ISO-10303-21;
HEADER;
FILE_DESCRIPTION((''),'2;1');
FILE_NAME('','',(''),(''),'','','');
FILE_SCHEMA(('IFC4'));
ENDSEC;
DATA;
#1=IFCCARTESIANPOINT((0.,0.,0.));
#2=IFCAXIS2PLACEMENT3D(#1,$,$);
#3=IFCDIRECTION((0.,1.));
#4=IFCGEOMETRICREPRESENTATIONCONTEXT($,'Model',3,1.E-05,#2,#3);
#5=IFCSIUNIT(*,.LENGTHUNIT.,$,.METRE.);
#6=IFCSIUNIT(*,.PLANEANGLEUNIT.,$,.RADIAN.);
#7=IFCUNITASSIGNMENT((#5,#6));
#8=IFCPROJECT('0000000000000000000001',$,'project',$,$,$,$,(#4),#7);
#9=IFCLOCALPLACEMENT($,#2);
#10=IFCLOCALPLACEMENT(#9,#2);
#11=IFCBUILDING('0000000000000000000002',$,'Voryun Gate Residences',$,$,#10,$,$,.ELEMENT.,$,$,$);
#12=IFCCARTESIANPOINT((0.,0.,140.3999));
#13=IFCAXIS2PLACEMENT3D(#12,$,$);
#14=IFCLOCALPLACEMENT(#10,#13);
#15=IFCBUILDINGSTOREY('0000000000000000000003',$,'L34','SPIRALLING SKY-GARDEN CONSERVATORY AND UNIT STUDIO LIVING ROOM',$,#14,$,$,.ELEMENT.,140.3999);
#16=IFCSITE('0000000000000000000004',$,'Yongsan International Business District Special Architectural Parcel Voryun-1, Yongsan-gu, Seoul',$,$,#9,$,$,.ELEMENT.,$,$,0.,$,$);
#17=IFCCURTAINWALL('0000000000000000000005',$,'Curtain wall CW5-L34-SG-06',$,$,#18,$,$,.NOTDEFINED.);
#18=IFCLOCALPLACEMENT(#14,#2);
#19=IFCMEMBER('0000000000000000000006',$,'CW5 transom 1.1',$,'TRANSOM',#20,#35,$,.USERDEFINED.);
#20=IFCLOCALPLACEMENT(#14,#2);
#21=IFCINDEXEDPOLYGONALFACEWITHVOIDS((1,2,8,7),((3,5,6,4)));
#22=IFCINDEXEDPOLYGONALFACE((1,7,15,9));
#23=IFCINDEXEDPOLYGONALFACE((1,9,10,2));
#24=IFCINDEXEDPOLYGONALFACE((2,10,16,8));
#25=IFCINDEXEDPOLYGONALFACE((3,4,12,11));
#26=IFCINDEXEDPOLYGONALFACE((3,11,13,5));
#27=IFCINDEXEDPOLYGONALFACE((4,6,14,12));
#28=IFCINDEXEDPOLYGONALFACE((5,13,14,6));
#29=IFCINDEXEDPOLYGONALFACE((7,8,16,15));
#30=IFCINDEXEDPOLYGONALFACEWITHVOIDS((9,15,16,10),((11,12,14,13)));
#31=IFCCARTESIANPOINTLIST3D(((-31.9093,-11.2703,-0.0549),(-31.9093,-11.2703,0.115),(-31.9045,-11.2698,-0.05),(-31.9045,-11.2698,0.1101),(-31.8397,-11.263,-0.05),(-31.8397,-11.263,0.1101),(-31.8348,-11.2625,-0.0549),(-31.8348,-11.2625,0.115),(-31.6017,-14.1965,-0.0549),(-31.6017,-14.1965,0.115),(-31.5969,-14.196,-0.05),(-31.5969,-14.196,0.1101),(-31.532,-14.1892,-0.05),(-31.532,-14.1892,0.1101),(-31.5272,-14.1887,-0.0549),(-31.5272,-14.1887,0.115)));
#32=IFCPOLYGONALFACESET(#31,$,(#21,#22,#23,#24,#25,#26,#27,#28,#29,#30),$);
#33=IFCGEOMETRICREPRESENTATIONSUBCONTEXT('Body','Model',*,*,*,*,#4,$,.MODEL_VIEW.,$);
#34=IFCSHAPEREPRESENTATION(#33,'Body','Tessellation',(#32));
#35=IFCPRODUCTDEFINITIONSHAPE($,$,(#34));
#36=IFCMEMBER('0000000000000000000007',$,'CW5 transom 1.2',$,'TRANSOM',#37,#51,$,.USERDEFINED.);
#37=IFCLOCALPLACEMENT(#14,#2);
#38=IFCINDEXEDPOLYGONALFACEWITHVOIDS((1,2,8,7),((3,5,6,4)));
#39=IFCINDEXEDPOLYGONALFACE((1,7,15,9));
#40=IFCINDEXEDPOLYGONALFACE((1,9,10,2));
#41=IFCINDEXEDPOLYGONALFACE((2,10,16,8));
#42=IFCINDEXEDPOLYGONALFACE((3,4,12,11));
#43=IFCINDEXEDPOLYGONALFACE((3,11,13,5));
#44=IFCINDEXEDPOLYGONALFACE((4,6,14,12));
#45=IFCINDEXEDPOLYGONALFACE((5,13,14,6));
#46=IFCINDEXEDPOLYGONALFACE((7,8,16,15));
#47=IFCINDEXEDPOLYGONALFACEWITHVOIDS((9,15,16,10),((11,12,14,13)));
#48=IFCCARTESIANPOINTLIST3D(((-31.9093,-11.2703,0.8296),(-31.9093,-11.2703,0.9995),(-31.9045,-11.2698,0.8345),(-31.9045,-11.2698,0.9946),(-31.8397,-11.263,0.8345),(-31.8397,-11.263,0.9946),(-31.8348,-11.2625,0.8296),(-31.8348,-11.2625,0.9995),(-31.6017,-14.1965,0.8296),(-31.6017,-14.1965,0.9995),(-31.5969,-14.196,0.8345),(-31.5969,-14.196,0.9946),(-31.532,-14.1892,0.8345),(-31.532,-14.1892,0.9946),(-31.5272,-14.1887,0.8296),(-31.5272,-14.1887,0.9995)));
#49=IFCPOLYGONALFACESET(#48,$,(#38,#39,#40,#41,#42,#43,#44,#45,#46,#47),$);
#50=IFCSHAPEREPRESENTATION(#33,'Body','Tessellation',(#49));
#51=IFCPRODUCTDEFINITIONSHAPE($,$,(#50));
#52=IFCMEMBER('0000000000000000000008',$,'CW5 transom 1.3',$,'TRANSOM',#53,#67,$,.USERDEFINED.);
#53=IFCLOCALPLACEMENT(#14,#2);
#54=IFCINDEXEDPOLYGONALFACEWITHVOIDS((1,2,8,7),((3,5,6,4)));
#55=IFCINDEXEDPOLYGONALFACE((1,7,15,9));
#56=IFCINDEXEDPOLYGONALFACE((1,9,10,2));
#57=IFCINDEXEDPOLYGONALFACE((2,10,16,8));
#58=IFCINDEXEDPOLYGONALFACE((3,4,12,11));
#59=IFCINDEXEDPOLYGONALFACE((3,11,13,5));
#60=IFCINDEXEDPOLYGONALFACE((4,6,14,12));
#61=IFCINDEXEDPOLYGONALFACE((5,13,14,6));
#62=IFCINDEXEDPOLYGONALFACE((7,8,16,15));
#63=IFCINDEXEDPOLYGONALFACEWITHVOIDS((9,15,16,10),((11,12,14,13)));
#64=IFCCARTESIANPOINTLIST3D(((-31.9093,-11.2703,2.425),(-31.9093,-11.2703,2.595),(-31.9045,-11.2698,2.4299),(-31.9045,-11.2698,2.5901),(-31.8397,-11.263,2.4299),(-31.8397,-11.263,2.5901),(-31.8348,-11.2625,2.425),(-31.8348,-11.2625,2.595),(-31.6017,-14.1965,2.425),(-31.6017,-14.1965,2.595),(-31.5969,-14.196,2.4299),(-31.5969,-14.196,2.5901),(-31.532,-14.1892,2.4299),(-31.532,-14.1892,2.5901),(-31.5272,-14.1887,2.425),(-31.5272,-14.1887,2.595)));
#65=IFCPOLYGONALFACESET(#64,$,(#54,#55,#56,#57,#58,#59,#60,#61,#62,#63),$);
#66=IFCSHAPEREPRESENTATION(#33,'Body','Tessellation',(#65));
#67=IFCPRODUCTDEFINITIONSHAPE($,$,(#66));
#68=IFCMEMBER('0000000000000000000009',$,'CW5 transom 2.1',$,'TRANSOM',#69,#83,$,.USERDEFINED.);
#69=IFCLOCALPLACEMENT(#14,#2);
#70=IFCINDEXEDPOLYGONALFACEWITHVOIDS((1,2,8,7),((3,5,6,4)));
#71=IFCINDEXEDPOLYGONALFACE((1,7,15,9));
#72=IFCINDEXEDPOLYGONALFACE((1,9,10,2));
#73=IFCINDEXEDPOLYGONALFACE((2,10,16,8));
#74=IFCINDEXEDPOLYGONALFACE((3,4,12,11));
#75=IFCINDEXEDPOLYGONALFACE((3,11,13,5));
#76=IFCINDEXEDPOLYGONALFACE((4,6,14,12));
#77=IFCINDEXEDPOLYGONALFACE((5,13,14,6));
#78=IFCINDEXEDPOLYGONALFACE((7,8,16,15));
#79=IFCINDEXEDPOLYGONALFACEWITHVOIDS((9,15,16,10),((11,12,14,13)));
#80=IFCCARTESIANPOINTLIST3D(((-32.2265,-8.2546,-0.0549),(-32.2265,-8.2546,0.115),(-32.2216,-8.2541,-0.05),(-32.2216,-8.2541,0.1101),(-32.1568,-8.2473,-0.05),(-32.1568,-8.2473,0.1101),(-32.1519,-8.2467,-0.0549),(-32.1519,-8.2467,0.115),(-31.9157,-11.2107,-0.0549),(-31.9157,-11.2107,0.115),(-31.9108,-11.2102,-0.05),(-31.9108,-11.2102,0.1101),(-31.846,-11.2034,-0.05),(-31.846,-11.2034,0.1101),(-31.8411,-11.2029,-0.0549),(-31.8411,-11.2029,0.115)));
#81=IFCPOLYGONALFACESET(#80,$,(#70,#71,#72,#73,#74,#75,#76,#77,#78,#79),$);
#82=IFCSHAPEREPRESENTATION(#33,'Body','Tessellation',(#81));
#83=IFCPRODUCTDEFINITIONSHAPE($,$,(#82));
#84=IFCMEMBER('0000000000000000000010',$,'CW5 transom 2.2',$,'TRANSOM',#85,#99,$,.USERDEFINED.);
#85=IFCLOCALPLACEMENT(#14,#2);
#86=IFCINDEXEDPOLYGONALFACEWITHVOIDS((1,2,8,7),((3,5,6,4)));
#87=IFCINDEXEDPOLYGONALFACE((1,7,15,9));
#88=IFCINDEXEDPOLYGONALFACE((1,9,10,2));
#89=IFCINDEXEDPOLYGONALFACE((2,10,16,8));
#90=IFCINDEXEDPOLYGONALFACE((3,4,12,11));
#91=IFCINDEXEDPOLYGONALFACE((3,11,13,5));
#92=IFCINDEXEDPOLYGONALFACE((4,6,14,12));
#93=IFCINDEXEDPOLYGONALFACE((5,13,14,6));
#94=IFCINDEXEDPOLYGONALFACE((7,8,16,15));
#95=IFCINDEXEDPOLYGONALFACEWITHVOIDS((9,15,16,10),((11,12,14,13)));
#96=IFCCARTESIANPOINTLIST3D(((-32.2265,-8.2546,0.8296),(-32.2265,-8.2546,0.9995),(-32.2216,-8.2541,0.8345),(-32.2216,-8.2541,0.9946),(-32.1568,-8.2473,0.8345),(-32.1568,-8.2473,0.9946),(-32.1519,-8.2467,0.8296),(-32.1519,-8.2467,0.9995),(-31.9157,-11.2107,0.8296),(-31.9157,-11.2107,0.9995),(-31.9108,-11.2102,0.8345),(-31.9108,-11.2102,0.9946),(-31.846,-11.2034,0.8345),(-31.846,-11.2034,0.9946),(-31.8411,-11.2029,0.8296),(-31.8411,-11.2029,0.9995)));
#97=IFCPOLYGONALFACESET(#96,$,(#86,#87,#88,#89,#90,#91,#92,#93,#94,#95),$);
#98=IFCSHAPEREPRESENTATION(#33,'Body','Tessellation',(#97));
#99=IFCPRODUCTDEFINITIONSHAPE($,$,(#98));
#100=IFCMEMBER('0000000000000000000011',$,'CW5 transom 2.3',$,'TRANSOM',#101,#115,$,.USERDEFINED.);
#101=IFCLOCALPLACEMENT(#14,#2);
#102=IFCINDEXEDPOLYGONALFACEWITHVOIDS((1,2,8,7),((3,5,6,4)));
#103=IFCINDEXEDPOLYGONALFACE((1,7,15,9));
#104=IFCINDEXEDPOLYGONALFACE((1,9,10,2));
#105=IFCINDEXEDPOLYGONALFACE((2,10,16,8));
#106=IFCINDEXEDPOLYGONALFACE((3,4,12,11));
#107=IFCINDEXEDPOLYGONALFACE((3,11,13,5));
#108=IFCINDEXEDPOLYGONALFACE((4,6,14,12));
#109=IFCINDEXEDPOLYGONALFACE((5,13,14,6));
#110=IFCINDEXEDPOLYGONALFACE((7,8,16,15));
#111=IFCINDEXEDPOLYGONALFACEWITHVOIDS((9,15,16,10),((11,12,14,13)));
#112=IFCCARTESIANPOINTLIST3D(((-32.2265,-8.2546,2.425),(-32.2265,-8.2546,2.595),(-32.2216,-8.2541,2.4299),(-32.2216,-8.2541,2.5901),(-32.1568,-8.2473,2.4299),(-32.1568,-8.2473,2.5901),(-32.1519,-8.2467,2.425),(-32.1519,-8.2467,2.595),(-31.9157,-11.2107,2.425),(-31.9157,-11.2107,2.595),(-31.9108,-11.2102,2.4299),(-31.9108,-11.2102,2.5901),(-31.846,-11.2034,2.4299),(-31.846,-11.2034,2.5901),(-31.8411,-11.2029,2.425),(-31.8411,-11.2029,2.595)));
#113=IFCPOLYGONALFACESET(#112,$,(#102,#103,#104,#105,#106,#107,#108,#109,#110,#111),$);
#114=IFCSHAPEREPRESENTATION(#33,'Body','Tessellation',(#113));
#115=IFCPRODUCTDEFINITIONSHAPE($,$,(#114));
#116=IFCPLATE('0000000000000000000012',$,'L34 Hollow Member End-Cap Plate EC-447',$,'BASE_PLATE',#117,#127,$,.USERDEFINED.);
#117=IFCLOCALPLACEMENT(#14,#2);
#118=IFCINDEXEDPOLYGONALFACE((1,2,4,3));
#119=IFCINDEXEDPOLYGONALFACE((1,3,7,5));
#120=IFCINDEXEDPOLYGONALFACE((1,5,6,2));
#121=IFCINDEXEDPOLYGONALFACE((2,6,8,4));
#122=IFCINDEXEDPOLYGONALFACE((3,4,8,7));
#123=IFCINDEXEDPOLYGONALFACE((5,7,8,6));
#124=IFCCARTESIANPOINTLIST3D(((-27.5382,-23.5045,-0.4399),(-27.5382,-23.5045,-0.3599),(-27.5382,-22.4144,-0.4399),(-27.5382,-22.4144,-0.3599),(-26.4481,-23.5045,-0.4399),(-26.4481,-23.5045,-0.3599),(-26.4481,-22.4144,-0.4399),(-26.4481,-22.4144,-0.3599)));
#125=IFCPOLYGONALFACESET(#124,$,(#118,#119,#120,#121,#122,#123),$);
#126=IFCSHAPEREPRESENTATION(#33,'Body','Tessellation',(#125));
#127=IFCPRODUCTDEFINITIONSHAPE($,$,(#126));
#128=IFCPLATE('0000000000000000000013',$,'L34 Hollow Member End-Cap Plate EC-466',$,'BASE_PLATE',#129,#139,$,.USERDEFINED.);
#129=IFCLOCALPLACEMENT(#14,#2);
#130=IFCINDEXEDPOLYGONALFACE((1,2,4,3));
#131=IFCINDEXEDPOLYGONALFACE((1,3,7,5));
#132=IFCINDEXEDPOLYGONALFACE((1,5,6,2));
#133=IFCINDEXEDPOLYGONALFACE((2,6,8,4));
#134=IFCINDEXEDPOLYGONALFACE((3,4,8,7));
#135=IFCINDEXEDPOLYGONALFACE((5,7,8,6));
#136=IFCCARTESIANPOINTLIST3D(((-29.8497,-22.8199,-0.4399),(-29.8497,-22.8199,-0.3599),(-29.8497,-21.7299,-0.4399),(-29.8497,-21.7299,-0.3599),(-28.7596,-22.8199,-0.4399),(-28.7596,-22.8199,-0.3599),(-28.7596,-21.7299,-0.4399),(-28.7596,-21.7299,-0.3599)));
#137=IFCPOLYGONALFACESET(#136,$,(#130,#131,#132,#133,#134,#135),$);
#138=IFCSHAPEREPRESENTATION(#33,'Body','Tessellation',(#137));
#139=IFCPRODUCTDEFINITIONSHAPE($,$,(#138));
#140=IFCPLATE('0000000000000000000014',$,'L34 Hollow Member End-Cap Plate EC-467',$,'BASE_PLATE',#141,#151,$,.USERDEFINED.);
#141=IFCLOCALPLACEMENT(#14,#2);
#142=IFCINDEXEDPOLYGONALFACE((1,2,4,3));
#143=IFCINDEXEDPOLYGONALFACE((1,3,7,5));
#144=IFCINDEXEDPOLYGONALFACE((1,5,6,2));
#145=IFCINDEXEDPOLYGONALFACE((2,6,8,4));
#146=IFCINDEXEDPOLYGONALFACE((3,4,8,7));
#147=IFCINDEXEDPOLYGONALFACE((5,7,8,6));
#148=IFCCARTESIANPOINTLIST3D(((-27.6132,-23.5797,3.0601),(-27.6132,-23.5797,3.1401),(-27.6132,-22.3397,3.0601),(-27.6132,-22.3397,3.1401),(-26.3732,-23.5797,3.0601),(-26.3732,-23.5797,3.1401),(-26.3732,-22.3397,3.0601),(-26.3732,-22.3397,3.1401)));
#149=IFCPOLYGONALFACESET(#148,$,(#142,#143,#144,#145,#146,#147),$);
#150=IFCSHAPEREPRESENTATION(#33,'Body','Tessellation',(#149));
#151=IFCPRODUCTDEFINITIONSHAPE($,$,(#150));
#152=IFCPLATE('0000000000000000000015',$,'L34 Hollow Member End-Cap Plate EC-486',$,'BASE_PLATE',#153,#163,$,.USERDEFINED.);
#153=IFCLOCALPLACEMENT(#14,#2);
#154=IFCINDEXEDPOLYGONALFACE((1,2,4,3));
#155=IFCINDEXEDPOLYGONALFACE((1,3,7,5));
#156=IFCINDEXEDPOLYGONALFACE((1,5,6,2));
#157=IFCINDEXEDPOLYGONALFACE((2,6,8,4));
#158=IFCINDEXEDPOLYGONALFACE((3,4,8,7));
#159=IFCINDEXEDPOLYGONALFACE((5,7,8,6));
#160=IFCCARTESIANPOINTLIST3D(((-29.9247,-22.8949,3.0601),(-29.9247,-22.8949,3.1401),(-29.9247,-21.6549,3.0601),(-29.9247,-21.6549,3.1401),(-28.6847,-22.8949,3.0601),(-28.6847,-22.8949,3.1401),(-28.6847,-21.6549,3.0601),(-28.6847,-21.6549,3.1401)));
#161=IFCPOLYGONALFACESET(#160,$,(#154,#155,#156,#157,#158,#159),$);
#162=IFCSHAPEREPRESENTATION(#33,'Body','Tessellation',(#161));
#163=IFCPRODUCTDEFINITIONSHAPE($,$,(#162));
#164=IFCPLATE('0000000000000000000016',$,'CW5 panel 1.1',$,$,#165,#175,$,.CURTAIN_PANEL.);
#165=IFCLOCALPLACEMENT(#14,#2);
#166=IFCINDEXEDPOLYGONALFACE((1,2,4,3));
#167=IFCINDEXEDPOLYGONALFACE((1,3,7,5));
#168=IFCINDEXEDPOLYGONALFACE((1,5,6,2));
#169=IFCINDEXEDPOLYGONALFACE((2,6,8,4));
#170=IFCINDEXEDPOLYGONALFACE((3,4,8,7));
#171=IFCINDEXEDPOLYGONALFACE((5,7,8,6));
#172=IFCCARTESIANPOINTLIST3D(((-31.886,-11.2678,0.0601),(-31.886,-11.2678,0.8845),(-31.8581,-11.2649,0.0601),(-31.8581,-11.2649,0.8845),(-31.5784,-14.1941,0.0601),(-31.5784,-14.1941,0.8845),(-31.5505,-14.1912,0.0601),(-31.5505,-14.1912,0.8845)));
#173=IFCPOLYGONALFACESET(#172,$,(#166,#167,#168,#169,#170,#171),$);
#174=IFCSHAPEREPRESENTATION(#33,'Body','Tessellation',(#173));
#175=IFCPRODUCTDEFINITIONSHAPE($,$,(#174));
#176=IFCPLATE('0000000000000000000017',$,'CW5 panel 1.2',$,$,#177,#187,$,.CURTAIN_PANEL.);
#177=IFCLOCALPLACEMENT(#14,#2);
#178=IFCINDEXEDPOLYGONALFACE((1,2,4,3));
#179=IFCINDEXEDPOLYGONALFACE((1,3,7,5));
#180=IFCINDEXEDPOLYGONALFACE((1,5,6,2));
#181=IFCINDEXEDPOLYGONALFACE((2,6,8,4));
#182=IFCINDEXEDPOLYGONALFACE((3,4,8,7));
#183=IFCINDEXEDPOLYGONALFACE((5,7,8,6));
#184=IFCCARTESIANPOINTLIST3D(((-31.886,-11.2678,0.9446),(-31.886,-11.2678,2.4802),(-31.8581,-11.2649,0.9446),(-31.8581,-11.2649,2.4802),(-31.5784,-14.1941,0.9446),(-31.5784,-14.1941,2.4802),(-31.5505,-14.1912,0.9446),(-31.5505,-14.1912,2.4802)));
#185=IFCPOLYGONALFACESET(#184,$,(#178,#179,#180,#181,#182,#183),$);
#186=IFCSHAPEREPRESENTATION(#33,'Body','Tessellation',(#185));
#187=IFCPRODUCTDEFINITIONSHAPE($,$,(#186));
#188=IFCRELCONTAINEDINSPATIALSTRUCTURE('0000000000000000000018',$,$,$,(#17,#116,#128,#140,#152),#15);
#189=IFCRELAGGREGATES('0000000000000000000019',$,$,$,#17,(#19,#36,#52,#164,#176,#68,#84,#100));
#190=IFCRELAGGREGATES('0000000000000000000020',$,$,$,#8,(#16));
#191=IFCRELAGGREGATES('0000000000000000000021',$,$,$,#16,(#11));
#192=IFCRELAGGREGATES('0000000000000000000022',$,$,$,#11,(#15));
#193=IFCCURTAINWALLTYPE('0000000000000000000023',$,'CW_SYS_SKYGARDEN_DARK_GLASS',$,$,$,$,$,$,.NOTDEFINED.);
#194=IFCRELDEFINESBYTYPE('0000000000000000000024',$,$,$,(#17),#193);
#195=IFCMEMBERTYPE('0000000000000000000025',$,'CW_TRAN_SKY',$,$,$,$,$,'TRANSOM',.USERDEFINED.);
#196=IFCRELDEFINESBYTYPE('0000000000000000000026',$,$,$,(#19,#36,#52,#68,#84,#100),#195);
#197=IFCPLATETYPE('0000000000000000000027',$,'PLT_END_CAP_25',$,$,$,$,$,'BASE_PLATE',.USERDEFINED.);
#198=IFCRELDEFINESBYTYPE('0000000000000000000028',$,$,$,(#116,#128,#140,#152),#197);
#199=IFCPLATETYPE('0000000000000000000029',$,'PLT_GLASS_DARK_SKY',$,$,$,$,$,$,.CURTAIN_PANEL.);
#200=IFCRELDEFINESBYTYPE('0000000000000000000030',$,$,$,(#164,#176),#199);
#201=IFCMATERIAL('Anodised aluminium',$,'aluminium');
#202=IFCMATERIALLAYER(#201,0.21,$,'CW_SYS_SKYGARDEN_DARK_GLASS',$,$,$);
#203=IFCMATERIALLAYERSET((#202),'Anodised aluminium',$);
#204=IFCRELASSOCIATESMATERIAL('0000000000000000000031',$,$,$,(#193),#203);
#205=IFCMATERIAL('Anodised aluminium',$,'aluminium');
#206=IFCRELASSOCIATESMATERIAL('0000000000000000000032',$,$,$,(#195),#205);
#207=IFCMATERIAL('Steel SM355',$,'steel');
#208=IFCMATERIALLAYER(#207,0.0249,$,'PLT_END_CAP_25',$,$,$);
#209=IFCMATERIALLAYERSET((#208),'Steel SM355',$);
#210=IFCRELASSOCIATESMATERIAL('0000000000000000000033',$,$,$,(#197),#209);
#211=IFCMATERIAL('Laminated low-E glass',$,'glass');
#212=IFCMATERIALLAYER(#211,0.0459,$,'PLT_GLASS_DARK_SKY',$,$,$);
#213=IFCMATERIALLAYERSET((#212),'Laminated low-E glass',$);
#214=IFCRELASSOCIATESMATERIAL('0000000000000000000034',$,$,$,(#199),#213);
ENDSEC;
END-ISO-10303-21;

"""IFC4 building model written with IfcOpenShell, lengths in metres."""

from ifc_helpers import new_model, si_unit, direction, frame, origin, origin_2d, place, context, subcontext, project, spatial, rectangle, hollow_rectangle, extrude, material, layer, layer_set, material_profile, profile_set, type_object, element, aggregate, save


model = new_model("IFC4")

# Units and contexts
model_context = context("Model", 3, precision=1e-05, world=origin(), true_north=direction((0.0, 1.0)))
body_context = subcontext(model_context, "Body", "Model", "MODEL_VIEW")
ifc_project = project(units=[si_unit("LENGTHUNIT", "METRE"), si_unit("PLANEANGLEUNIT", "RADIAN")], contexts=[model_context])

# Site, building, storey
site_placement = place(None, origin())
site = spatial("IfcSite", under=ifc_project, at=site_placement, Name="Yongsan International Business District Special Architectural Parcel Voryun-1, Yongsan-gu, Seoul", CompositionType="ELEMENT", RefElevation=0.0)
building_placement = place(site_placement, origin())
building = spatial("IfcBuilding", under=site, at=building_placement, Name="Voryun Gate Residences", CompositionType="ELEMENT")
storey_placement = place(building_placement, frame((0.0, 0.0, 140.3999)))
storey = spatial("IfcBuildingStorey", under=building, at=storey_placement, Name="L34", Description="SPIRALLING SKY-GARDEN CONSERVATORY AND UNIT STUDIO LIVING ROOM", CompositionType="ELEMENT", Elevation=140.3999)

# Curtain wall, members
ifc_material_1 = material(Name="Anodised aluminium", Category="aluminium")
ifc_layer_1 = layer(ifc_material_1, 0.21, Name="CW_SYS_SKYGARDEN_DARK_GLASS")
ifc_layer_set_1 = layer_set([ifc_layer_1], Name="Anodised aluminium")
curtain_wall_type = type_object("IfcCurtainWallType", Name="CW_SYS_SKYGARDEN_DARK_GLASS", PredefinedType="NOTDEFINED", material=ifc_layer_set_1)
curtain_wall_placement = place(storey_placement, origin())
curtain_wall = element("IfcCurtainWall", 1, at=curtain_wall_placement, inside=storey, type_object=curtain_wall_type, Name="Curtain wall CW5-L34-SG-06", PredefinedType="NOTDEFINED")
ifc_material_2 = material(Name="Anodised aluminium", Category="aluminium")
ifc_material_profile_1 = material_profile(ifc_material_2, hollow_rectangle(XDim=0.075, YDim=0.1699, WallThickness=0.0049, at=origin_2d()), Name="ALU-TRAN-170x75x5")
ifc_profile_set_1 = profile_set([ifc_material_profile_1], Name="Anodised aluminium")
member_type_1 = type_object("IfcMemberType", Name="CW_TRAN_SKY", ElementType="TRANSOM", PredefinedType="USERDEFINED", material=ifc_profile_set_1)
member_1_placement = place(storey_placement, frame((-31.5645, -14.1926, 0.03), z_axis=(-0.104547, 0.99452, 0.0), x_axis=(-0.99452, -0.104547, 0.0)))
member_1 = element("IfcMember", 2, at=member_1_placement, type_object=member_type_1, Name="CW5 transom 1.1", ObjectType="TRANSOM", PredefinedType="USERDEFINED", context=body_context, shape_type="SweptSolid", body=[
    extrude(hollow_rectangle(XDim=0.075, YDim=0.1699, WallThickness=0.0049, at=origin_2d()), origin(), (0.0, 0.0, 1.0), 2.9424),
])
member_2_placement = place(storey_placement, frame((-31.5645, -14.1926, 0.9146), z_axis=(-0.104547, 0.99452, 0.0), x_axis=(-0.99452, -0.104547, 0.0)))
member_2 = element("IfcMember", 3, at=member_2_placement, type_object=member_type_1, Name="CW5 transom 1.2", ObjectType="TRANSOM", PredefinedType="USERDEFINED", context=body_context, shape_type="SweptSolid", body=[
    extrude(hollow_rectangle(XDim=0.075, YDim=0.1699, WallThickness=0.0049, at=origin_2d()), origin(), (0.0, 0.0, 1.0), 2.9424),
])
member_3_placement = place(storey_placement, frame((-31.5645, -14.1926, 2.51), z_axis=(-0.104547, 0.99452, 0.0), x_axis=(-0.99452, -0.104547, 0.0)))
member_3 = element("IfcMember", 4, at=member_3_placement, type_object=member_type_1, Name="CW5 transom 1.3", ObjectType="TRANSOM", PredefinedType="USERDEFINED", context=body_context, shape_type="SweptSolid", body=[
    extrude(hollow_rectangle(XDim=0.075, YDim=0.1699, WallThickness=0.0049, at=origin_2d()), origin(), (0.0, 0.0, 1.0), 2.9424),
])
member_4_placement = place(storey_placement, frame((-31.8784, -11.2068, 0.03), z_axis=(-0.104561, 0.994518, 0.0), x_axis=(-0.994518, -0.104561, 0.0)))
member_4 = element("IfcMember", 5, at=member_4_placement, type_object=member_type_1, Name="CW5 transom 2.1", ObjectType="TRANSOM", PredefinedType="USERDEFINED", context=body_context, shape_type="SweptSolid", body=[
    extrude(hollow_rectangle(XDim=0.075, YDim=0.1699, WallThickness=0.0049, at=origin_2d()), origin(), (0.0, 0.0, 1.0), 2.9724),
])
member_5_placement = place(storey_placement, frame((-31.8784, -11.2068, 0.9146), z_axis=(-0.104561, 0.994518, 0.0), x_axis=(-0.994518, -0.104561, 0.0)))
member_5 = element("IfcMember", 6, at=member_5_placement, type_object=member_type_1, Name="CW5 transom 2.2", ObjectType="TRANSOM", PredefinedType="USERDEFINED", context=body_context, shape_type="SweptSolid", body=[
    extrude(hollow_rectangle(XDim=0.075, YDim=0.1699, WallThickness=0.0049, at=origin_2d()), origin(), (0.0, 0.0, 1.0), 2.9724),
])
member_6_placement = place(storey_placement, frame((-31.8784, -11.2068, 2.51), z_axis=(-0.104561, 0.994518, 0.0), x_axis=(-0.994518, -0.104561, 0.0)))
member_6 = element("IfcMember", 7, at=member_6_placement, type_object=member_type_1, Name="CW5 transom 2.3", ObjectType="TRANSOM", PredefinedType="USERDEFINED", context=body_context, shape_type="SweptSolid", body=[
    extrude(hollow_rectangle(XDim=0.075, YDim=0.1699, WallThickness=0.0049, at=origin_2d()), origin(), (0.0, 0.0, 1.0), 2.9724),
])

# Plates
ifc_material_3 = material(Name="Steel SM355", Category="steel")
ifc_layer_2 = layer(ifc_material_3, 0.0249, Name="PLT_END_CAP_25")
ifc_layer_set_2 = layer_set([ifc_layer_2], Name="Steel SM355")
plate_type_1 = type_object("IfcPlateType", Name="PLT_END_CAP_25", ElementType="BASE_PLATE", PredefinedType="USERDEFINED", material=ifc_layer_set_2)
for number, where, z_axis, x_axis, name in (
    (8, (-26.9932, -22.9595, -0.4399), (0.0, 0.0, 1.0), (1.0, 0.0, 0.0), "L34 Hollow Member End-Cap Plate EC-447"),
    (9, (-29.3047, -22.2749, -0.4399), (0.0, 0.0, 1.0), (1.0, 0.0, 0.0), "L34 Hollow Member End-Cap Plate EC-466"),
):
    element("IfcPlate", number, at=place(storey_placement, frame(where, z_axis=z_axis, x_axis=x_axis)), inside=storey, type_object=plate_type_1, Name=name, ObjectType="BASE_PLATE", PredefinedType="USERDEFINED", context=body_context, shape_type="SweptSolid", body=[
        extrude(rectangle(XDim=1.0901, YDim=1.0901, at=origin_2d()), origin(), (0.0, 0.0, 1.0), 0.0801),
    ])
for number, where, z_axis, x_axis, name in (
    (10, (-26.9932, -22.9597, 3.0601), (0.0, 0.0, 1.0), (1.0, 0.0, 0.0), "L34 Hollow Member End-Cap Plate EC-467"),
    (11, (-29.3047, -22.2749, 3.0601), (0.0, 0.0, 1.0), (1.0, 0.0, 0.0), "L34 Hollow Member End-Cap Plate EC-486"),
):
    element("IfcPlate", number, at=place(storey_placement, frame(where, z_axis=z_axis, x_axis=x_axis)), inside=storey, type_object=plate_type_1, Name=name, ObjectType="BASE_PLATE", PredefinedType="USERDEFINED", context=body_context, shape_type="SweptSolid", body=[
        extrude(rectangle(XDim=1.24, YDim=1.24, at=origin_2d()), origin(), (0.0, 0.0, 1.0), 0.0801),
    ])

# Plates
ifc_material_4 = material(Name="Laminated low-E glass", Category="glass")
ifc_layer_3 = layer(ifc_material_4, 0.0459, Name="PLT_GLASS_DARK_SKY")
ifc_layer_set_3 = layer_set([ifc_layer_3], Name="Laminated low-E glass")
plate_type_2 = type_object("IfcPlateType", Name="PLT_GLASS_DARK_SKY", PredefinedType="CURTAIN_PANEL", material=ifc_layer_set_3)
plate_1_placement = place(storey_placement, frame((-31.7183, -12.7295, 0.0601), z_axis=(0.0, 0.0, 1.0), x_axis=(-0.10453, 0.994522, 0.0)))
plate_1 = element("IfcPlate", 12, at=plate_1_placement, type_object=plate_type_2, Name="CW5 panel 1.1", PredefinedType="CURTAIN_PANEL", context=body_context, shape_type="SweptSolid", body=[
    extrude(rectangle(XDim=2.9424, YDim=0.0281, at=origin_2d()), origin(), (0.0, 0.0, 1.0), 0.8245),
])
plate_2_placement = place(storey_placement, frame((-31.7183, -12.7295, 0.9446), z_axis=(0.0, 0.0, 1.0), x_axis=(-0.10453, 0.994522, 0.0)))
plate_2 = element("IfcPlate", 13, at=plate_2_placement, type_object=plate_type_2, Name="CW5 panel 1.2", PredefinedType="CURTAIN_PANEL", context=body_context, shape_type="SweptSolid", body=[
    extrude(rectangle(XDim=2.9424, YDim=0.0281, at=origin_2d()), origin(), (0.0, 0.0, 1.0), 1.5356),
])
aggregate(curtain_wall, [member_1, member_2, member_3, plate_1, plate_2, member_4, member_5, member_6])

save(model, "model.ifc")
